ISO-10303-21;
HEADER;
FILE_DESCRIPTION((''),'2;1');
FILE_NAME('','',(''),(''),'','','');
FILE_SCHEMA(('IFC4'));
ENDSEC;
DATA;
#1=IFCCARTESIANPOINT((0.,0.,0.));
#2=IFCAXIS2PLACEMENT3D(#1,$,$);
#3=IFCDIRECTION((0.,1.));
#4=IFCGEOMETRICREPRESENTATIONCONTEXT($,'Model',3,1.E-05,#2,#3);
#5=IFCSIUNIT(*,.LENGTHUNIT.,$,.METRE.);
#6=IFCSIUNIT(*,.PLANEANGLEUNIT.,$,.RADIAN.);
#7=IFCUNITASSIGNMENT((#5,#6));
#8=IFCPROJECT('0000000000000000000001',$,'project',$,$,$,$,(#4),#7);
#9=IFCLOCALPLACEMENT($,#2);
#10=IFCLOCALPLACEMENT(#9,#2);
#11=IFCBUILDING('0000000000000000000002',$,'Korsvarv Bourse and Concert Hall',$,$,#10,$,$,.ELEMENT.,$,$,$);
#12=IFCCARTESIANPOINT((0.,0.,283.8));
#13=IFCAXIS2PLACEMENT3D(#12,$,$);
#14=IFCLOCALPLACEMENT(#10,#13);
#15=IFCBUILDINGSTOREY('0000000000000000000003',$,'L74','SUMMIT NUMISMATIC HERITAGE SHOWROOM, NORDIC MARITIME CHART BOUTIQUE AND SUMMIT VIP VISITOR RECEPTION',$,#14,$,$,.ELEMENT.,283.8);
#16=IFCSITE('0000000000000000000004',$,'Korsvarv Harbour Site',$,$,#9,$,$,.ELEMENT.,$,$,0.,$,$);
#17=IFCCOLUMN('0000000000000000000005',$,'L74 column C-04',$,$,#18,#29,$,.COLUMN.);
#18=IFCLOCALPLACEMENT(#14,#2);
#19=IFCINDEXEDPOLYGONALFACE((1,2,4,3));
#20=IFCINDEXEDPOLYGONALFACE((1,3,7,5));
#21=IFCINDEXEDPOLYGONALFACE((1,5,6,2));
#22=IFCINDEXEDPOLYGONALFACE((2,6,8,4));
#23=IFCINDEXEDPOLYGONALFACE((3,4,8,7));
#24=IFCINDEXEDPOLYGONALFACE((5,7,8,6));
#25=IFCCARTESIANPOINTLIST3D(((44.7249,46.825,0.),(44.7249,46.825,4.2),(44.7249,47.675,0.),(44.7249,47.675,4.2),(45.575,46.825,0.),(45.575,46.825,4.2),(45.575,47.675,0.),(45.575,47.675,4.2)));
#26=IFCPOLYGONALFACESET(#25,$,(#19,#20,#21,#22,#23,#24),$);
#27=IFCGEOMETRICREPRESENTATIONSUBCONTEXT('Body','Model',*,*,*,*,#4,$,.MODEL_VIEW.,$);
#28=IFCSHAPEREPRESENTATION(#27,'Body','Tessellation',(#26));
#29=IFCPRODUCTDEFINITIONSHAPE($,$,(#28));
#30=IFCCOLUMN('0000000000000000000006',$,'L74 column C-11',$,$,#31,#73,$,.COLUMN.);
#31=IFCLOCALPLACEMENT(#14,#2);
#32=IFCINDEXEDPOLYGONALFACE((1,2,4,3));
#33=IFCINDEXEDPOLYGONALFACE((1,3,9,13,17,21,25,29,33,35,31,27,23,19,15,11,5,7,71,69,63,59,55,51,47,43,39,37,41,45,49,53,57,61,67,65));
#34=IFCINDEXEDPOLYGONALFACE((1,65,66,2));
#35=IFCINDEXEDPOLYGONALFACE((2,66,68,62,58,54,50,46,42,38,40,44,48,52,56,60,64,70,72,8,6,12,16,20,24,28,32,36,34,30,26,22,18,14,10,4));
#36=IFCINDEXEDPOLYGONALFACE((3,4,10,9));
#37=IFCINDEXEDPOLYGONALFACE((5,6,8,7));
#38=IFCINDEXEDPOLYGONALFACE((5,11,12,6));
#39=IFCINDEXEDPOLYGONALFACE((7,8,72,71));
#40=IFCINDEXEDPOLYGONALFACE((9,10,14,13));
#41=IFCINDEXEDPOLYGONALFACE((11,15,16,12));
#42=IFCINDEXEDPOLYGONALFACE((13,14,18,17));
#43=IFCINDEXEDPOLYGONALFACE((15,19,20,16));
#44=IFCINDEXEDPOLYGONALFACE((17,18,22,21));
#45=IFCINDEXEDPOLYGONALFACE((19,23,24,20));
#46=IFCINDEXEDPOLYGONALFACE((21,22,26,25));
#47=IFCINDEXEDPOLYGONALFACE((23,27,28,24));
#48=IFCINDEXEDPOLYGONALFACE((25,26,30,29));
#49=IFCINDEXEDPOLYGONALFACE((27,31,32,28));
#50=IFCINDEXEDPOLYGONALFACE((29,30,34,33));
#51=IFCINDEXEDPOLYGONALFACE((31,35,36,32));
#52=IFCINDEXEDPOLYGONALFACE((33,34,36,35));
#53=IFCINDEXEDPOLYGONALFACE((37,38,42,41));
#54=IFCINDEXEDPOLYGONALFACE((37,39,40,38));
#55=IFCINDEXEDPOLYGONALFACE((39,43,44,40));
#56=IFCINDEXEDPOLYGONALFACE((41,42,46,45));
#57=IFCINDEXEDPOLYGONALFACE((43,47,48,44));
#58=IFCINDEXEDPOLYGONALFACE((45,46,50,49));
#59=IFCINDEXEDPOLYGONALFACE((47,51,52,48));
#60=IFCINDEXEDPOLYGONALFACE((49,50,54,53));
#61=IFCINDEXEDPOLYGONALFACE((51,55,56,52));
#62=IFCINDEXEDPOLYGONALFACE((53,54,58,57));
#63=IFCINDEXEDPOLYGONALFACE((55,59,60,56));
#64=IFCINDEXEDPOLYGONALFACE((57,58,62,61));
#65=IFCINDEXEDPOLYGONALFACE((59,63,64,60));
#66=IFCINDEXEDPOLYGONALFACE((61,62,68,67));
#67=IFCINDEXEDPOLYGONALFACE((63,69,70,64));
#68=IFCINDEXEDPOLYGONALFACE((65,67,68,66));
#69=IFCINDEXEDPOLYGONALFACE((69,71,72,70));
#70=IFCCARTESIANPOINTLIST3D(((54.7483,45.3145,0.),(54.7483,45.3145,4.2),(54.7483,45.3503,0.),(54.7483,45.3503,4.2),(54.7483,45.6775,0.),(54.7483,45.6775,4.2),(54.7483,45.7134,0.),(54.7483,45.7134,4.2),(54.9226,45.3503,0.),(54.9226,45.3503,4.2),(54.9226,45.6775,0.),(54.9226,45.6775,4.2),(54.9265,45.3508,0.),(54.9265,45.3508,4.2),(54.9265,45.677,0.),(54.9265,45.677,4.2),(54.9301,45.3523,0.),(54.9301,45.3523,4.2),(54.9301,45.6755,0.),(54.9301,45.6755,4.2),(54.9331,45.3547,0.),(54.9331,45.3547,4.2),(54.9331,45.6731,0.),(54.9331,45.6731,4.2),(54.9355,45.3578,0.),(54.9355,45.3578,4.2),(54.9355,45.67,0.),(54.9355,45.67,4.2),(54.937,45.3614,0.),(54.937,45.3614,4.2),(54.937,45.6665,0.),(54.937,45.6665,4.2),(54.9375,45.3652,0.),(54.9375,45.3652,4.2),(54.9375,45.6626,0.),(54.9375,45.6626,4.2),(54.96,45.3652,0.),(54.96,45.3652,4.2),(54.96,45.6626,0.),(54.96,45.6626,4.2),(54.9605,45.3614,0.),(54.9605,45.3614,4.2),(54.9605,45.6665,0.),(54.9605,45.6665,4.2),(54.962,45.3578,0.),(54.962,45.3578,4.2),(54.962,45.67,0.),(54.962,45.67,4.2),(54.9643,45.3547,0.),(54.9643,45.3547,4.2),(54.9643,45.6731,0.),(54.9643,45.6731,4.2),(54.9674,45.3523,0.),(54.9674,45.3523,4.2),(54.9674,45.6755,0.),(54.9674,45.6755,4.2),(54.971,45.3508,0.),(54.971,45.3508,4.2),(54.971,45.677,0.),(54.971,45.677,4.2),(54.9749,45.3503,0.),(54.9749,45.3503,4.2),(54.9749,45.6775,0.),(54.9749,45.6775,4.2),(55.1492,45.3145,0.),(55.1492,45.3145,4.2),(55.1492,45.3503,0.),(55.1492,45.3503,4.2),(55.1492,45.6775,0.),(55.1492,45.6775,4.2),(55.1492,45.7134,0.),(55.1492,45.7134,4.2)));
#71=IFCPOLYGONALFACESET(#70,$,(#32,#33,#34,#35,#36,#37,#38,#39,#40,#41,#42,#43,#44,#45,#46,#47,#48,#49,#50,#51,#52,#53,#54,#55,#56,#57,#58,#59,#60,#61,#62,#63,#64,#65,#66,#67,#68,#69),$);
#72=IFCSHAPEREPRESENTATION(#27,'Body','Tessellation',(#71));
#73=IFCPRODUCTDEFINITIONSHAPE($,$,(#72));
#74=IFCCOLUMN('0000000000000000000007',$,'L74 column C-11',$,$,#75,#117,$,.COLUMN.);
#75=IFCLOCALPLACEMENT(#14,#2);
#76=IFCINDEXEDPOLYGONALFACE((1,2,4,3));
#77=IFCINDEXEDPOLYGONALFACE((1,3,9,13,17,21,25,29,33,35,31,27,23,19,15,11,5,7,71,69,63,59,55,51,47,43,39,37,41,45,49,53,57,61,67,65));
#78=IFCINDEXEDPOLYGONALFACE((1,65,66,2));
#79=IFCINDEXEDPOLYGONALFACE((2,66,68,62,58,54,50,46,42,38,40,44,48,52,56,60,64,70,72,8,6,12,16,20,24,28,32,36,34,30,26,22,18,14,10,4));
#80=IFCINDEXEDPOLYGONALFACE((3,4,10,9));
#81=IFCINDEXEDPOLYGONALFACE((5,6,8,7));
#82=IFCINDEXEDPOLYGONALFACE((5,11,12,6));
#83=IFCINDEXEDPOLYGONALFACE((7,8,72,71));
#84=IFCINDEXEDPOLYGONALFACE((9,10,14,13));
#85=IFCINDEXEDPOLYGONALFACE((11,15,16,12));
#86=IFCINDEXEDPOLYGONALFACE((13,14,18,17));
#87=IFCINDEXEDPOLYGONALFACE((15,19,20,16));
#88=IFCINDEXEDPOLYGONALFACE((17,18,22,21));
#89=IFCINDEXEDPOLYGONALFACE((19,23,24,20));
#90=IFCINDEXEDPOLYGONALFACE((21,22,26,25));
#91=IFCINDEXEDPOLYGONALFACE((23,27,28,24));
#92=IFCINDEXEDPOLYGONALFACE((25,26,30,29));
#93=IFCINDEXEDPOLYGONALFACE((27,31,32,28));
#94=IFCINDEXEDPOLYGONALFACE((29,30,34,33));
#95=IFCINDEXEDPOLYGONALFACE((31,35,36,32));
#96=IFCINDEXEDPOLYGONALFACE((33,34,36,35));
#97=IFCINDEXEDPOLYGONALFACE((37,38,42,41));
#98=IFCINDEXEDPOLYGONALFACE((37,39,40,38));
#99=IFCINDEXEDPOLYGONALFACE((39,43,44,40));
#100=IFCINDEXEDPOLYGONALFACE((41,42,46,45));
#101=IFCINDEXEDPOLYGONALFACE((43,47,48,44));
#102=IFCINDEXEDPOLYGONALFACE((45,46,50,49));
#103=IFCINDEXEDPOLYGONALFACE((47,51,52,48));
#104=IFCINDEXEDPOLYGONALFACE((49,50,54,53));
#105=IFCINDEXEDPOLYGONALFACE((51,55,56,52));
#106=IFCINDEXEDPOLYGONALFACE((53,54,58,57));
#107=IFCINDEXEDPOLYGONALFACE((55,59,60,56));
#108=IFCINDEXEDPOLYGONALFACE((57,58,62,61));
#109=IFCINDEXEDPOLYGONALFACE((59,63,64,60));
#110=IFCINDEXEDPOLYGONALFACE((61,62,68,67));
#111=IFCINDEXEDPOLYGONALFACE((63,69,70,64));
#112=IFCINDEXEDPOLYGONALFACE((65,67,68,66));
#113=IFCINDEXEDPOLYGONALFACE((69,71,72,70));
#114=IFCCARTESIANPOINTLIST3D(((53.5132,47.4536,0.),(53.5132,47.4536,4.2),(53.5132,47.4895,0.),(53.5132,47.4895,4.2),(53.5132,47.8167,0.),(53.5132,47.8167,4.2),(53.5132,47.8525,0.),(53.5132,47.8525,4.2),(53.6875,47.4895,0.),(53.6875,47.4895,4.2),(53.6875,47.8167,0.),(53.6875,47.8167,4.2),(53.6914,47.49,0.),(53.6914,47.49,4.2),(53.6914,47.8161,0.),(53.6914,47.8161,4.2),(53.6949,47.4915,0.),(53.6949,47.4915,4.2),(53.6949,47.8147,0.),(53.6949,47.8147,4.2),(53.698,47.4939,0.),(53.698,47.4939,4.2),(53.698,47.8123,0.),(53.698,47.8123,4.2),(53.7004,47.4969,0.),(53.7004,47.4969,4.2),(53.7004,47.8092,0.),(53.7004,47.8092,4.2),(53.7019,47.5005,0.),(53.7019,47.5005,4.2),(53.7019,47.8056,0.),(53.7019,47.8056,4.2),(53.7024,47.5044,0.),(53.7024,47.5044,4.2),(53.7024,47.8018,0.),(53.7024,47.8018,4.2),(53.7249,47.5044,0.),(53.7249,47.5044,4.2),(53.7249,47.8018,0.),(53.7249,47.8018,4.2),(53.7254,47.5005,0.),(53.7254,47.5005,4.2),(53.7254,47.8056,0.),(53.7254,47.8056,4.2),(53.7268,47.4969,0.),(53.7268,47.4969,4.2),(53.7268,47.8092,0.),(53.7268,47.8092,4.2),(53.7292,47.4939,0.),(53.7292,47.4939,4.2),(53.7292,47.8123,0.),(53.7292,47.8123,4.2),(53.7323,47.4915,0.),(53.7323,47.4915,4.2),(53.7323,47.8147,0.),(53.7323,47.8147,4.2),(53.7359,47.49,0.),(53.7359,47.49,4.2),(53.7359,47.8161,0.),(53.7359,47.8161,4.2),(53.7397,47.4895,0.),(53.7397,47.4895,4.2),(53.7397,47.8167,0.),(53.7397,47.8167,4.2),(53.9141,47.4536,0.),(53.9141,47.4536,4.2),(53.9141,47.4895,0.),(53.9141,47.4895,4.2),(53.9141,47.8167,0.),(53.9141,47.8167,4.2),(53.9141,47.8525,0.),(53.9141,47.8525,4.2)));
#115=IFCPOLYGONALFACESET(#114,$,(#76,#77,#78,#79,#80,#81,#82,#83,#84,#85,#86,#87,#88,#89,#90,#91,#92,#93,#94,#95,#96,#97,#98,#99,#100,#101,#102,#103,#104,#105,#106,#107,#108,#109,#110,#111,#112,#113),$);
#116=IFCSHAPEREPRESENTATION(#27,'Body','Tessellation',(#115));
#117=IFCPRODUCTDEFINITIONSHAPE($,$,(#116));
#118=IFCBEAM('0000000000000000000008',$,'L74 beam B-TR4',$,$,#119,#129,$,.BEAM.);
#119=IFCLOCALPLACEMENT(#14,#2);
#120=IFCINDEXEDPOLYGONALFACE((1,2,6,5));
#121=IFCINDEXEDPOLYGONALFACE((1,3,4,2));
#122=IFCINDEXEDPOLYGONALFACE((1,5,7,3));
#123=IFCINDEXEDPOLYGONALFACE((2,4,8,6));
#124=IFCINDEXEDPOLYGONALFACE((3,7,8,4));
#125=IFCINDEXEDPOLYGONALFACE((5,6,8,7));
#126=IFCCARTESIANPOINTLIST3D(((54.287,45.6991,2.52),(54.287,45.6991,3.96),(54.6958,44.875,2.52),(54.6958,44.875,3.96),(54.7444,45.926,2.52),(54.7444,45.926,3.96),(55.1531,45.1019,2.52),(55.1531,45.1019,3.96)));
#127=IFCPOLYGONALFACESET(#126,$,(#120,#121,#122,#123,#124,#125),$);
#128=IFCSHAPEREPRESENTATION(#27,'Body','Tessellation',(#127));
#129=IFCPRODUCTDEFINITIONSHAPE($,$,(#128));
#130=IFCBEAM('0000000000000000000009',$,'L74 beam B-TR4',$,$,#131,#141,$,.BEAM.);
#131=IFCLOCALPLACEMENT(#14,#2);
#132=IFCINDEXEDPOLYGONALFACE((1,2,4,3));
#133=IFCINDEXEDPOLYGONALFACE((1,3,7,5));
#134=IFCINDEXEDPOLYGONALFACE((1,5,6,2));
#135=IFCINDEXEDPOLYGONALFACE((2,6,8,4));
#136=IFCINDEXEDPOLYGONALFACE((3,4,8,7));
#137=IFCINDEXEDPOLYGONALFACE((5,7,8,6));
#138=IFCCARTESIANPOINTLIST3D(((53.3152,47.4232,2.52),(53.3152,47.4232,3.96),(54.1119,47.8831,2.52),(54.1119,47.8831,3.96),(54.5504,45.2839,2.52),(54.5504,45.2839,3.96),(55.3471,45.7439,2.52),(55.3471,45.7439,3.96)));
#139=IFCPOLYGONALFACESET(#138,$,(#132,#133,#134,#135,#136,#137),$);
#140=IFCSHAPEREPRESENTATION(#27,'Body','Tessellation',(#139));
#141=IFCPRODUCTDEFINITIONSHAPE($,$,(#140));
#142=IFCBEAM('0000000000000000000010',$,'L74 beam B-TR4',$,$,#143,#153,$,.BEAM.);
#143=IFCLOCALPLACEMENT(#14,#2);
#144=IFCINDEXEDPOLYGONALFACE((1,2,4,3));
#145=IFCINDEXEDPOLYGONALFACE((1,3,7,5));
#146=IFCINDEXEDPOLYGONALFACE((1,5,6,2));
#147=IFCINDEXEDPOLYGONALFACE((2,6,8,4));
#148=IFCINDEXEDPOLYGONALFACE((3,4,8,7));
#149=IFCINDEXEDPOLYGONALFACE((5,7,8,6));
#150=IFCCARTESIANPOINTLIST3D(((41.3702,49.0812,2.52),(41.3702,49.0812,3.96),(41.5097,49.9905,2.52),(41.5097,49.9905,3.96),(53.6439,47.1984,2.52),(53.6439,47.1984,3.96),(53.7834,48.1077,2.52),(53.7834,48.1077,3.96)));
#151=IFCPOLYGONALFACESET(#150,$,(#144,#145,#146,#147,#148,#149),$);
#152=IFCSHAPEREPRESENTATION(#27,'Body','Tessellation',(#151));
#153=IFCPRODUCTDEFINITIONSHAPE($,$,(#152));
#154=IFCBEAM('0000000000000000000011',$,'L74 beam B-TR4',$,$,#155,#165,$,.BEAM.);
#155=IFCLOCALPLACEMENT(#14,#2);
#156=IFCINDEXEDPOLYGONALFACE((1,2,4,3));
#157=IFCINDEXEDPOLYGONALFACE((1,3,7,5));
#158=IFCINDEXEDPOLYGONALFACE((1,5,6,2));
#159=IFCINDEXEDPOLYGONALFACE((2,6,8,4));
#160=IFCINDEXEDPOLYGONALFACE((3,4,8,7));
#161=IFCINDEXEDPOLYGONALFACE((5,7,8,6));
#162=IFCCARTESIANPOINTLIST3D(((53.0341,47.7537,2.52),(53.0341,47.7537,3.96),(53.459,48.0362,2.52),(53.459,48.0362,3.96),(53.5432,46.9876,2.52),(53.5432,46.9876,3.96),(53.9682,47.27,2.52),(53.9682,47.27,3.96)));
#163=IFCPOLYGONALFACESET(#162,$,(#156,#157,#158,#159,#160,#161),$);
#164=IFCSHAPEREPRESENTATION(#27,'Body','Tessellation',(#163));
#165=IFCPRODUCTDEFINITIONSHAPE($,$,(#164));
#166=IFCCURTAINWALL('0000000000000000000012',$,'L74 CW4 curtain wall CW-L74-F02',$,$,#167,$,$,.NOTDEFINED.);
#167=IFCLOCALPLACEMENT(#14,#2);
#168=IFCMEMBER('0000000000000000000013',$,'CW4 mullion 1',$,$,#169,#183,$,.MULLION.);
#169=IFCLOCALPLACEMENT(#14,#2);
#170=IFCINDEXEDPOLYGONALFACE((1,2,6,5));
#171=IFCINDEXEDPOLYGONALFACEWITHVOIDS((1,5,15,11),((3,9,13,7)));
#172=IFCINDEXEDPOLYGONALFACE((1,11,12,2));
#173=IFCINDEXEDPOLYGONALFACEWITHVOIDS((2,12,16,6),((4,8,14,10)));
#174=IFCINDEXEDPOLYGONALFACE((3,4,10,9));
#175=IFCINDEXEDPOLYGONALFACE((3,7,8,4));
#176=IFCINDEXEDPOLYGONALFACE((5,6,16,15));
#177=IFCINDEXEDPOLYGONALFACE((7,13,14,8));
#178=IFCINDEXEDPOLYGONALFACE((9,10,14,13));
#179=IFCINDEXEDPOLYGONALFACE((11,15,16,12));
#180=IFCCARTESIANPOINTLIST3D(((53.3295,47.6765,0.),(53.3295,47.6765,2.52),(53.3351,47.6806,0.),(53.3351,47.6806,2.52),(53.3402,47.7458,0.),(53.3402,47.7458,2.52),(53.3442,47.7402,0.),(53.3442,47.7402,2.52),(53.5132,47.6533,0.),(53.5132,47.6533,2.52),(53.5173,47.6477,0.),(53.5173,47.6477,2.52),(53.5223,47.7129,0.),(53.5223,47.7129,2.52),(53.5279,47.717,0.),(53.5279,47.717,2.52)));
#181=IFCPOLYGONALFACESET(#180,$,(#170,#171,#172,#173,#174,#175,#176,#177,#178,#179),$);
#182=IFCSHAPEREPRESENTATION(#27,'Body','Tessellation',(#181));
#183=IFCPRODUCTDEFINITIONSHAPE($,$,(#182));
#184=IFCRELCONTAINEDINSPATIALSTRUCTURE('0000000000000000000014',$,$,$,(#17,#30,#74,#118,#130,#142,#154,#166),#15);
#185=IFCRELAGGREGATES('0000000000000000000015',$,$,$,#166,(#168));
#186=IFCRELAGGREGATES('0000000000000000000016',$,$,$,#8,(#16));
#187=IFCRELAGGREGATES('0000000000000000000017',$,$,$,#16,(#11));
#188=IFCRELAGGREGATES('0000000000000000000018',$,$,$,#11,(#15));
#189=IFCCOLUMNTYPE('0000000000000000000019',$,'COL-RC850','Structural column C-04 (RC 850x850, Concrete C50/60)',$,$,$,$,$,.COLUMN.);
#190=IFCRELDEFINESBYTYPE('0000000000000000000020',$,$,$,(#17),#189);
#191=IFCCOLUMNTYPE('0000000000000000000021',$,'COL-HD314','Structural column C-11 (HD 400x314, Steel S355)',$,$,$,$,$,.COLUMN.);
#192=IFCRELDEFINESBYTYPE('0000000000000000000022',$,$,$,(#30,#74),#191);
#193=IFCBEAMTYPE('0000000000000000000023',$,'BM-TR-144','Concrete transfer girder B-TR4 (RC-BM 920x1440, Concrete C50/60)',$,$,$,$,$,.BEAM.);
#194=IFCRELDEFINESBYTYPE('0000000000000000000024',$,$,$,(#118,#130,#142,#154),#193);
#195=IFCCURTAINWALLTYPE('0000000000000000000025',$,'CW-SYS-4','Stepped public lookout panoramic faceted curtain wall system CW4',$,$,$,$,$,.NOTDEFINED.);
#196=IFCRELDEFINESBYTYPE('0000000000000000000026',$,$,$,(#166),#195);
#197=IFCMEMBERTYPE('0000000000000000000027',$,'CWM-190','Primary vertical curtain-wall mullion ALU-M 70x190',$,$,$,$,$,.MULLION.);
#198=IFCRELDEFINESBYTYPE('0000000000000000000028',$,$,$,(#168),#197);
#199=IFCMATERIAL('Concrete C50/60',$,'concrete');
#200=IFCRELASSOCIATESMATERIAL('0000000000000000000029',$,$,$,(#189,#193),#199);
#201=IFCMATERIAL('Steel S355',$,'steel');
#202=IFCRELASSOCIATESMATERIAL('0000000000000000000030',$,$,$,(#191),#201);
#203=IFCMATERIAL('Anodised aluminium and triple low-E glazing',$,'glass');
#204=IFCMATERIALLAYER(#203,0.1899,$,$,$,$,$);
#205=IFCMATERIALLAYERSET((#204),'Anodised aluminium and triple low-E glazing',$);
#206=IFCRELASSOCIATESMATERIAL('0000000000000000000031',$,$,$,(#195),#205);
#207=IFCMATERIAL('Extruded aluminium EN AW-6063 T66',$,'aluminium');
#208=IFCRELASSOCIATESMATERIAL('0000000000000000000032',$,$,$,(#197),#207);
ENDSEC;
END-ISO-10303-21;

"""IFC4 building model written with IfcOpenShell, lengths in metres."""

from ifc_helpers import new_model, si_unit, direction, frame, origin, origin_2d, place, context, subcontext, project, spatial, rectangle, hollow_rectangle, i_section, extrude, source, transform, mapped, material, layer, layer_set, material_profile, profile_set, type_object, element, aggregate, save


model = new_model("IFC4")

# Units and contexts
model_context = context("Model", 3, precision=1e-05, world=origin(), true_north=direction((0.0, 1.0)))
body_context = subcontext(model_context, "Body", "Model", "MODEL_VIEW")
ifc_project = project(units=[si_unit("LENGTHUNIT", "METRE"), si_unit("PLANEANGLEUNIT", "RADIAN")], contexts=[model_context])

# Site, building, storey
site_placement = place(None, origin())
site = spatial("IfcSite", under=ifc_project, at=site_placement, Name="Korsvarv Harbour Site", CompositionType="ELEMENT", RefElevation=0.0)
building_placement = place(site_placement, origin())
building = spatial("IfcBuilding", under=site, at=building_placement, Name="Korsvarv Bourse and Concert Hall", CompositionType="ELEMENT")
storey_placement = place(building_placement, frame((0.0, 0.0, 283.8)))
storey = spatial("IfcBuildingStorey", under=building, at=storey_placement, Name="L74", Description="SUMMIT NUMISMATIC HERITAGE SHOWROOM, NORDIC MARITIME CHART BOUTIQUE AND SUMMIT VIP VISITOR RECEPTION", CompositionType="ELEMENT", Elevation=283.8)

# Columns
ifc_material_1 = material(Name="Concrete C50/60", Category="concrete")
ifc_material_profile_1 = material_profile(ifc_material_1, rectangle(XDim=0.8501, YDim=0.8501, at=origin_2d()), Name="RC 850x850")
ifc_profile_set_1 = profile_set([ifc_material_profile_1], Name="Concrete C50/60")
column_type_1 = type_object("IfcColumnType", Name="COL-RC850", Description="Structural column C-04 (RC 850x850, Concrete C50/60)", PredefinedType="COLUMN", material=ifc_profile_set_1)
shared_shape_1 = source(origin(), body_context, "Body", "SweptSolid", [
    extrude(rectangle(XDim=0.8501, YDim=0.8501, at=origin_2d()), origin(), (0.0, 0.0, 1.0), 4.2),
])
column_placement = place(storey_placement, frame((45.1499, 47.25, 0.0), z_axis=(0.0, 0.0, 1.0), x_axis=(1.0, 0.0, 0.0)))
element("IfcColumn", 1, at=column_placement, inside=storey, type_object=column_type_1, Name="L74 column C-04", PredefinedType="COLUMN", context=body_context, shape_type="MappedRepresentation", body=[
    mapped(shared_shape_1, transform((0.0, 0.0, 0.0), scale=1.0)),
])
ifc_material_2 = material(Name="Steel S355", Category="steel")
ifc_material_profile_2 = material_profile(ifc_material_2, i_section(OverallWidth=0.4009, OverallDepth=0.3989, WebThickness=0.0225, FlangeThickness=0.0359, FilletRadius=0.0149, at=origin_2d()), Name="HD 400x314")
ifc_profile_set_2 = profile_set([ifc_material_profile_2], Name="Steel S355")
column_type_2 = type_object("IfcColumnType", Name="COL-HD314", Description="Structural column C-11 (HD 400x314, Steel S355)", PredefinedType="COLUMN", material=ifc_profile_set_2)
shared_shape_2 = source(origin(), body_context, "Body", "SweptSolid", [
    extrude(i_section(OverallWidth=0.4009, OverallDepth=0.3989, WebThickness=0.0225, FlangeThickness=0.0359, FilletRadius=0.0149, at=origin_2d()), origin(), (0.0, 0.0, 1.0), 4.2),
])
for number, where, z_axis, x_axis, name in (
    (2, (54.9487, 45.5139, 0.0), (0.0, 0.0, 1.0), (1.0, 0.0, 0.0), "L74 column C-11"),
    (3, (53.7136, 47.6531, 0.0), (0.0, 0.0, 1.0), (1.0, 0.0, 0.0), "L74 column C-11"),
):
    element("IfcColumn", number, at=place(storey_placement, frame(where, z_axis=z_axis, x_axis=x_axis)), inside=storey, type_object=column_type_2, Name=name, PredefinedType="COLUMN", context=body_context, shape_type="MappedRepresentation", body=[
        mapped(shared_shape_2, transform((0.0, 0.0, 0.0), scale=1.0)),
    ])

# Beams
ifc_material_profile_3 = material_profile(ifc_material_1, rectangle(XDim=0.9199, YDim=1.4399, at=origin_2d()), Name="RC-BM 920x1440")
ifc_profile_set_3 = profile_set([ifc_material_profile_3], Name="Concrete C50/60")
beam_type = type_object("IfcBeamType", Name="BM-TR-144", Description="Concrete transfer girder B-TR4 (RC-BM 920x1440, Concrete C50/60)", PredefinedType="BEAM", material=ifc_profile_set_3)
shared_shape_3 = source(origin(), body_context, "Body", "SweptSolid", [
    extrude(rectangle(XDim=0.9199, YDim=1.4399, at=origin_2d()), origin(), (0.0, 0.0, 1.0), 0.5105),
])
beam_1_placement = place(storey_placement, frame((54.9487, 45.5139, 3.24), z_axis=(-0.895857, -0.444341, 0.0), x_axis=(0.444341, -0.895857, 0.0)))
element("IfcBeam", 4, at=beam_1_placement, inside=storey, type_object=beam_type, Name="L74 beam B-TR4", PredefinedType="BEAM", context=body_context, shape_type="MappedRepresentation", body=[
    mapped(shared_shape_3, transform((0.0, 0.0, 0.0), scale=1.0)),
])
shared_shape_4 = source(origin(), body_context, "Body", "SweptSolid", [
    extrude(rectangle(XDim=0.9199, YDim=1.4399, at=origin_2d()), origin(), (0.0, 0.0, 1.0), 2.4702),
])
beam_2_placement = place(storey_placement, frame((54.9487, 45.5139, 3.24), z_axis=(-0.500019, 0.866014, 0.0), x_axis=(-0.866014, -0.500019, 0.0)))
element("IfcBeam", 5, at=beam_2_placement, inside=storey, type_object=beam_type, Name="L74 beam B-TR4", PredefinedType="BEAM", context=body_context, shape_type="MappedRepresentation", body=[
    mapped(shared_shape_4, transform((0.0, 0.0, 0.0), scale=1.0)),
])
shared_shape_5 = source(origin(), body_context, "Body", "SweptSolid", [
    extrude(rectangle(XDim=0.9199, YDim=1.4399, at=origin_2d()), origin(), (0.0, 0.0, 1.0), 12.4172),
])
beam_3_placement = place(storey_placement, frame((53.7136, 47.6531, 3.24), z_axis=(-0.988438, 0.151629, 0.0), x_axis=(-0.151629, -0.988438, 0.0)))
element("IfcBeam", 6, at=beam_3_placement, inside=storey, type_object=beam_type, Name="L74 beam B-TR4", PredefinedType="BEAM", context=body_context, shape_type="MappedRepresentation", body=[
    mapped(shared_shape_5, transform((0.0, 0.0, 0.0), scale=1.0)),
])
shared_shape_6 = source(origin(), body_context, "Body", "SweptSolid", [
    extrude(rectangle(XDim=0.9199, YDim=1.4399, at=origin_2d()), origin(), (0.0, 0.0, 1.0), 0.5103),
])
beam_4_placement = place(storey_placement, frame((53.7136, 47.6531, 3.24), z_axis=(-0.832859, -0.553485, 0.0), x_axis=(0.553485, -0.832859, 0.0)))
element("IfcBeam", 7, at=beam_4_placement, inside=storey, type_object=beam_type, Name="L74 beam B-TR4", PredefinedType="BEAM", context=body_context, shape_type="MappedRepresentation", body=[
    mapped(shared_shape_6, transform((0.0, 0.0, 0.0), scale=1.0)),
])

# Curtain wall, member
ifc_material_3 = material(Name="Anodised aluminium and triple low-E glazing", Category="glass")
ifc_layer_1 = layer(ifc_material_3, 0.1899)
ifc_layer_set_1 = layer_set([ifc_layer_1], Name="Anodised aluminium and triple low-E glazing")
curtain_wall_type = type_object("IfcCurtainWallType", Name="CW-SYS-4", Description="Stepped public lookout panoramic faceted curtain wall system CW4", PredefinedType="NOTDEFINED", material=ifc_layer_set_1)
curtain_wall_placement = place(storey_placement, origin())
curtain_wall = element("IfcCurtainWall", 8, at=curtain_wall_placement, inside=storey, type_object=curtain_wall_type, Name="L74 CW4 curtain wall CW-L74-F02", PredefinedType="NOTDEFINED")
ifc_material_4 = material(Name="Extruded aluminium EN AW-6063 T66", Category="aluminium")
ifc_material_profile_4 = material_profile(ifc_material_4, hollow_rectangle(XDim=0.0701, YDim=0.1899, WallThickness=0.0049, at=origin_2d()), Name="ALU-M 70x190")
ifc_profile_set_4 = profile_set([ifc_material_profile_4], Name="Extruded aluminium EN AW-6063 T66")
member_type_1 = type_object("IfcMemberType", Name="CWM-190", Description="Primary vertical curtain-wall mullion ALU-M 70x190", PredefinedType="MULLION", material=ifc_profile_set_4)
shared_shape_7 = source(origin(), body_context, "Body", "SweptSolid", [
    extrude(hollow_rectangle(XDim=0.0701, YDim=0.1899, WallThickness=0.0049, at=origin_2d()), origin(), (0.0, 0.0, 1.0), 2.52),
])
member_1_placement = place(storey_placement, frame((53.4287, 47.6968, 0.0), z_axis=(0.0, 0.0, 1.0), x_axis=(-0.151631, -0.988437, 0.0)))
member_1 = element("IfcMember", 9, at=member_1_placement, type_object=member_type_1, Name="CW4 mullion 1", PredefinedType="MULLION", context=body_context, shape_type="MappedRepresentation", body=[
    mapped(shared_shape_7, transform((0.0, 0.0, 0.0), scale=1.0)),
])
aggregate(curtain_wall, [member_1])

save(model, "model.ifc")
